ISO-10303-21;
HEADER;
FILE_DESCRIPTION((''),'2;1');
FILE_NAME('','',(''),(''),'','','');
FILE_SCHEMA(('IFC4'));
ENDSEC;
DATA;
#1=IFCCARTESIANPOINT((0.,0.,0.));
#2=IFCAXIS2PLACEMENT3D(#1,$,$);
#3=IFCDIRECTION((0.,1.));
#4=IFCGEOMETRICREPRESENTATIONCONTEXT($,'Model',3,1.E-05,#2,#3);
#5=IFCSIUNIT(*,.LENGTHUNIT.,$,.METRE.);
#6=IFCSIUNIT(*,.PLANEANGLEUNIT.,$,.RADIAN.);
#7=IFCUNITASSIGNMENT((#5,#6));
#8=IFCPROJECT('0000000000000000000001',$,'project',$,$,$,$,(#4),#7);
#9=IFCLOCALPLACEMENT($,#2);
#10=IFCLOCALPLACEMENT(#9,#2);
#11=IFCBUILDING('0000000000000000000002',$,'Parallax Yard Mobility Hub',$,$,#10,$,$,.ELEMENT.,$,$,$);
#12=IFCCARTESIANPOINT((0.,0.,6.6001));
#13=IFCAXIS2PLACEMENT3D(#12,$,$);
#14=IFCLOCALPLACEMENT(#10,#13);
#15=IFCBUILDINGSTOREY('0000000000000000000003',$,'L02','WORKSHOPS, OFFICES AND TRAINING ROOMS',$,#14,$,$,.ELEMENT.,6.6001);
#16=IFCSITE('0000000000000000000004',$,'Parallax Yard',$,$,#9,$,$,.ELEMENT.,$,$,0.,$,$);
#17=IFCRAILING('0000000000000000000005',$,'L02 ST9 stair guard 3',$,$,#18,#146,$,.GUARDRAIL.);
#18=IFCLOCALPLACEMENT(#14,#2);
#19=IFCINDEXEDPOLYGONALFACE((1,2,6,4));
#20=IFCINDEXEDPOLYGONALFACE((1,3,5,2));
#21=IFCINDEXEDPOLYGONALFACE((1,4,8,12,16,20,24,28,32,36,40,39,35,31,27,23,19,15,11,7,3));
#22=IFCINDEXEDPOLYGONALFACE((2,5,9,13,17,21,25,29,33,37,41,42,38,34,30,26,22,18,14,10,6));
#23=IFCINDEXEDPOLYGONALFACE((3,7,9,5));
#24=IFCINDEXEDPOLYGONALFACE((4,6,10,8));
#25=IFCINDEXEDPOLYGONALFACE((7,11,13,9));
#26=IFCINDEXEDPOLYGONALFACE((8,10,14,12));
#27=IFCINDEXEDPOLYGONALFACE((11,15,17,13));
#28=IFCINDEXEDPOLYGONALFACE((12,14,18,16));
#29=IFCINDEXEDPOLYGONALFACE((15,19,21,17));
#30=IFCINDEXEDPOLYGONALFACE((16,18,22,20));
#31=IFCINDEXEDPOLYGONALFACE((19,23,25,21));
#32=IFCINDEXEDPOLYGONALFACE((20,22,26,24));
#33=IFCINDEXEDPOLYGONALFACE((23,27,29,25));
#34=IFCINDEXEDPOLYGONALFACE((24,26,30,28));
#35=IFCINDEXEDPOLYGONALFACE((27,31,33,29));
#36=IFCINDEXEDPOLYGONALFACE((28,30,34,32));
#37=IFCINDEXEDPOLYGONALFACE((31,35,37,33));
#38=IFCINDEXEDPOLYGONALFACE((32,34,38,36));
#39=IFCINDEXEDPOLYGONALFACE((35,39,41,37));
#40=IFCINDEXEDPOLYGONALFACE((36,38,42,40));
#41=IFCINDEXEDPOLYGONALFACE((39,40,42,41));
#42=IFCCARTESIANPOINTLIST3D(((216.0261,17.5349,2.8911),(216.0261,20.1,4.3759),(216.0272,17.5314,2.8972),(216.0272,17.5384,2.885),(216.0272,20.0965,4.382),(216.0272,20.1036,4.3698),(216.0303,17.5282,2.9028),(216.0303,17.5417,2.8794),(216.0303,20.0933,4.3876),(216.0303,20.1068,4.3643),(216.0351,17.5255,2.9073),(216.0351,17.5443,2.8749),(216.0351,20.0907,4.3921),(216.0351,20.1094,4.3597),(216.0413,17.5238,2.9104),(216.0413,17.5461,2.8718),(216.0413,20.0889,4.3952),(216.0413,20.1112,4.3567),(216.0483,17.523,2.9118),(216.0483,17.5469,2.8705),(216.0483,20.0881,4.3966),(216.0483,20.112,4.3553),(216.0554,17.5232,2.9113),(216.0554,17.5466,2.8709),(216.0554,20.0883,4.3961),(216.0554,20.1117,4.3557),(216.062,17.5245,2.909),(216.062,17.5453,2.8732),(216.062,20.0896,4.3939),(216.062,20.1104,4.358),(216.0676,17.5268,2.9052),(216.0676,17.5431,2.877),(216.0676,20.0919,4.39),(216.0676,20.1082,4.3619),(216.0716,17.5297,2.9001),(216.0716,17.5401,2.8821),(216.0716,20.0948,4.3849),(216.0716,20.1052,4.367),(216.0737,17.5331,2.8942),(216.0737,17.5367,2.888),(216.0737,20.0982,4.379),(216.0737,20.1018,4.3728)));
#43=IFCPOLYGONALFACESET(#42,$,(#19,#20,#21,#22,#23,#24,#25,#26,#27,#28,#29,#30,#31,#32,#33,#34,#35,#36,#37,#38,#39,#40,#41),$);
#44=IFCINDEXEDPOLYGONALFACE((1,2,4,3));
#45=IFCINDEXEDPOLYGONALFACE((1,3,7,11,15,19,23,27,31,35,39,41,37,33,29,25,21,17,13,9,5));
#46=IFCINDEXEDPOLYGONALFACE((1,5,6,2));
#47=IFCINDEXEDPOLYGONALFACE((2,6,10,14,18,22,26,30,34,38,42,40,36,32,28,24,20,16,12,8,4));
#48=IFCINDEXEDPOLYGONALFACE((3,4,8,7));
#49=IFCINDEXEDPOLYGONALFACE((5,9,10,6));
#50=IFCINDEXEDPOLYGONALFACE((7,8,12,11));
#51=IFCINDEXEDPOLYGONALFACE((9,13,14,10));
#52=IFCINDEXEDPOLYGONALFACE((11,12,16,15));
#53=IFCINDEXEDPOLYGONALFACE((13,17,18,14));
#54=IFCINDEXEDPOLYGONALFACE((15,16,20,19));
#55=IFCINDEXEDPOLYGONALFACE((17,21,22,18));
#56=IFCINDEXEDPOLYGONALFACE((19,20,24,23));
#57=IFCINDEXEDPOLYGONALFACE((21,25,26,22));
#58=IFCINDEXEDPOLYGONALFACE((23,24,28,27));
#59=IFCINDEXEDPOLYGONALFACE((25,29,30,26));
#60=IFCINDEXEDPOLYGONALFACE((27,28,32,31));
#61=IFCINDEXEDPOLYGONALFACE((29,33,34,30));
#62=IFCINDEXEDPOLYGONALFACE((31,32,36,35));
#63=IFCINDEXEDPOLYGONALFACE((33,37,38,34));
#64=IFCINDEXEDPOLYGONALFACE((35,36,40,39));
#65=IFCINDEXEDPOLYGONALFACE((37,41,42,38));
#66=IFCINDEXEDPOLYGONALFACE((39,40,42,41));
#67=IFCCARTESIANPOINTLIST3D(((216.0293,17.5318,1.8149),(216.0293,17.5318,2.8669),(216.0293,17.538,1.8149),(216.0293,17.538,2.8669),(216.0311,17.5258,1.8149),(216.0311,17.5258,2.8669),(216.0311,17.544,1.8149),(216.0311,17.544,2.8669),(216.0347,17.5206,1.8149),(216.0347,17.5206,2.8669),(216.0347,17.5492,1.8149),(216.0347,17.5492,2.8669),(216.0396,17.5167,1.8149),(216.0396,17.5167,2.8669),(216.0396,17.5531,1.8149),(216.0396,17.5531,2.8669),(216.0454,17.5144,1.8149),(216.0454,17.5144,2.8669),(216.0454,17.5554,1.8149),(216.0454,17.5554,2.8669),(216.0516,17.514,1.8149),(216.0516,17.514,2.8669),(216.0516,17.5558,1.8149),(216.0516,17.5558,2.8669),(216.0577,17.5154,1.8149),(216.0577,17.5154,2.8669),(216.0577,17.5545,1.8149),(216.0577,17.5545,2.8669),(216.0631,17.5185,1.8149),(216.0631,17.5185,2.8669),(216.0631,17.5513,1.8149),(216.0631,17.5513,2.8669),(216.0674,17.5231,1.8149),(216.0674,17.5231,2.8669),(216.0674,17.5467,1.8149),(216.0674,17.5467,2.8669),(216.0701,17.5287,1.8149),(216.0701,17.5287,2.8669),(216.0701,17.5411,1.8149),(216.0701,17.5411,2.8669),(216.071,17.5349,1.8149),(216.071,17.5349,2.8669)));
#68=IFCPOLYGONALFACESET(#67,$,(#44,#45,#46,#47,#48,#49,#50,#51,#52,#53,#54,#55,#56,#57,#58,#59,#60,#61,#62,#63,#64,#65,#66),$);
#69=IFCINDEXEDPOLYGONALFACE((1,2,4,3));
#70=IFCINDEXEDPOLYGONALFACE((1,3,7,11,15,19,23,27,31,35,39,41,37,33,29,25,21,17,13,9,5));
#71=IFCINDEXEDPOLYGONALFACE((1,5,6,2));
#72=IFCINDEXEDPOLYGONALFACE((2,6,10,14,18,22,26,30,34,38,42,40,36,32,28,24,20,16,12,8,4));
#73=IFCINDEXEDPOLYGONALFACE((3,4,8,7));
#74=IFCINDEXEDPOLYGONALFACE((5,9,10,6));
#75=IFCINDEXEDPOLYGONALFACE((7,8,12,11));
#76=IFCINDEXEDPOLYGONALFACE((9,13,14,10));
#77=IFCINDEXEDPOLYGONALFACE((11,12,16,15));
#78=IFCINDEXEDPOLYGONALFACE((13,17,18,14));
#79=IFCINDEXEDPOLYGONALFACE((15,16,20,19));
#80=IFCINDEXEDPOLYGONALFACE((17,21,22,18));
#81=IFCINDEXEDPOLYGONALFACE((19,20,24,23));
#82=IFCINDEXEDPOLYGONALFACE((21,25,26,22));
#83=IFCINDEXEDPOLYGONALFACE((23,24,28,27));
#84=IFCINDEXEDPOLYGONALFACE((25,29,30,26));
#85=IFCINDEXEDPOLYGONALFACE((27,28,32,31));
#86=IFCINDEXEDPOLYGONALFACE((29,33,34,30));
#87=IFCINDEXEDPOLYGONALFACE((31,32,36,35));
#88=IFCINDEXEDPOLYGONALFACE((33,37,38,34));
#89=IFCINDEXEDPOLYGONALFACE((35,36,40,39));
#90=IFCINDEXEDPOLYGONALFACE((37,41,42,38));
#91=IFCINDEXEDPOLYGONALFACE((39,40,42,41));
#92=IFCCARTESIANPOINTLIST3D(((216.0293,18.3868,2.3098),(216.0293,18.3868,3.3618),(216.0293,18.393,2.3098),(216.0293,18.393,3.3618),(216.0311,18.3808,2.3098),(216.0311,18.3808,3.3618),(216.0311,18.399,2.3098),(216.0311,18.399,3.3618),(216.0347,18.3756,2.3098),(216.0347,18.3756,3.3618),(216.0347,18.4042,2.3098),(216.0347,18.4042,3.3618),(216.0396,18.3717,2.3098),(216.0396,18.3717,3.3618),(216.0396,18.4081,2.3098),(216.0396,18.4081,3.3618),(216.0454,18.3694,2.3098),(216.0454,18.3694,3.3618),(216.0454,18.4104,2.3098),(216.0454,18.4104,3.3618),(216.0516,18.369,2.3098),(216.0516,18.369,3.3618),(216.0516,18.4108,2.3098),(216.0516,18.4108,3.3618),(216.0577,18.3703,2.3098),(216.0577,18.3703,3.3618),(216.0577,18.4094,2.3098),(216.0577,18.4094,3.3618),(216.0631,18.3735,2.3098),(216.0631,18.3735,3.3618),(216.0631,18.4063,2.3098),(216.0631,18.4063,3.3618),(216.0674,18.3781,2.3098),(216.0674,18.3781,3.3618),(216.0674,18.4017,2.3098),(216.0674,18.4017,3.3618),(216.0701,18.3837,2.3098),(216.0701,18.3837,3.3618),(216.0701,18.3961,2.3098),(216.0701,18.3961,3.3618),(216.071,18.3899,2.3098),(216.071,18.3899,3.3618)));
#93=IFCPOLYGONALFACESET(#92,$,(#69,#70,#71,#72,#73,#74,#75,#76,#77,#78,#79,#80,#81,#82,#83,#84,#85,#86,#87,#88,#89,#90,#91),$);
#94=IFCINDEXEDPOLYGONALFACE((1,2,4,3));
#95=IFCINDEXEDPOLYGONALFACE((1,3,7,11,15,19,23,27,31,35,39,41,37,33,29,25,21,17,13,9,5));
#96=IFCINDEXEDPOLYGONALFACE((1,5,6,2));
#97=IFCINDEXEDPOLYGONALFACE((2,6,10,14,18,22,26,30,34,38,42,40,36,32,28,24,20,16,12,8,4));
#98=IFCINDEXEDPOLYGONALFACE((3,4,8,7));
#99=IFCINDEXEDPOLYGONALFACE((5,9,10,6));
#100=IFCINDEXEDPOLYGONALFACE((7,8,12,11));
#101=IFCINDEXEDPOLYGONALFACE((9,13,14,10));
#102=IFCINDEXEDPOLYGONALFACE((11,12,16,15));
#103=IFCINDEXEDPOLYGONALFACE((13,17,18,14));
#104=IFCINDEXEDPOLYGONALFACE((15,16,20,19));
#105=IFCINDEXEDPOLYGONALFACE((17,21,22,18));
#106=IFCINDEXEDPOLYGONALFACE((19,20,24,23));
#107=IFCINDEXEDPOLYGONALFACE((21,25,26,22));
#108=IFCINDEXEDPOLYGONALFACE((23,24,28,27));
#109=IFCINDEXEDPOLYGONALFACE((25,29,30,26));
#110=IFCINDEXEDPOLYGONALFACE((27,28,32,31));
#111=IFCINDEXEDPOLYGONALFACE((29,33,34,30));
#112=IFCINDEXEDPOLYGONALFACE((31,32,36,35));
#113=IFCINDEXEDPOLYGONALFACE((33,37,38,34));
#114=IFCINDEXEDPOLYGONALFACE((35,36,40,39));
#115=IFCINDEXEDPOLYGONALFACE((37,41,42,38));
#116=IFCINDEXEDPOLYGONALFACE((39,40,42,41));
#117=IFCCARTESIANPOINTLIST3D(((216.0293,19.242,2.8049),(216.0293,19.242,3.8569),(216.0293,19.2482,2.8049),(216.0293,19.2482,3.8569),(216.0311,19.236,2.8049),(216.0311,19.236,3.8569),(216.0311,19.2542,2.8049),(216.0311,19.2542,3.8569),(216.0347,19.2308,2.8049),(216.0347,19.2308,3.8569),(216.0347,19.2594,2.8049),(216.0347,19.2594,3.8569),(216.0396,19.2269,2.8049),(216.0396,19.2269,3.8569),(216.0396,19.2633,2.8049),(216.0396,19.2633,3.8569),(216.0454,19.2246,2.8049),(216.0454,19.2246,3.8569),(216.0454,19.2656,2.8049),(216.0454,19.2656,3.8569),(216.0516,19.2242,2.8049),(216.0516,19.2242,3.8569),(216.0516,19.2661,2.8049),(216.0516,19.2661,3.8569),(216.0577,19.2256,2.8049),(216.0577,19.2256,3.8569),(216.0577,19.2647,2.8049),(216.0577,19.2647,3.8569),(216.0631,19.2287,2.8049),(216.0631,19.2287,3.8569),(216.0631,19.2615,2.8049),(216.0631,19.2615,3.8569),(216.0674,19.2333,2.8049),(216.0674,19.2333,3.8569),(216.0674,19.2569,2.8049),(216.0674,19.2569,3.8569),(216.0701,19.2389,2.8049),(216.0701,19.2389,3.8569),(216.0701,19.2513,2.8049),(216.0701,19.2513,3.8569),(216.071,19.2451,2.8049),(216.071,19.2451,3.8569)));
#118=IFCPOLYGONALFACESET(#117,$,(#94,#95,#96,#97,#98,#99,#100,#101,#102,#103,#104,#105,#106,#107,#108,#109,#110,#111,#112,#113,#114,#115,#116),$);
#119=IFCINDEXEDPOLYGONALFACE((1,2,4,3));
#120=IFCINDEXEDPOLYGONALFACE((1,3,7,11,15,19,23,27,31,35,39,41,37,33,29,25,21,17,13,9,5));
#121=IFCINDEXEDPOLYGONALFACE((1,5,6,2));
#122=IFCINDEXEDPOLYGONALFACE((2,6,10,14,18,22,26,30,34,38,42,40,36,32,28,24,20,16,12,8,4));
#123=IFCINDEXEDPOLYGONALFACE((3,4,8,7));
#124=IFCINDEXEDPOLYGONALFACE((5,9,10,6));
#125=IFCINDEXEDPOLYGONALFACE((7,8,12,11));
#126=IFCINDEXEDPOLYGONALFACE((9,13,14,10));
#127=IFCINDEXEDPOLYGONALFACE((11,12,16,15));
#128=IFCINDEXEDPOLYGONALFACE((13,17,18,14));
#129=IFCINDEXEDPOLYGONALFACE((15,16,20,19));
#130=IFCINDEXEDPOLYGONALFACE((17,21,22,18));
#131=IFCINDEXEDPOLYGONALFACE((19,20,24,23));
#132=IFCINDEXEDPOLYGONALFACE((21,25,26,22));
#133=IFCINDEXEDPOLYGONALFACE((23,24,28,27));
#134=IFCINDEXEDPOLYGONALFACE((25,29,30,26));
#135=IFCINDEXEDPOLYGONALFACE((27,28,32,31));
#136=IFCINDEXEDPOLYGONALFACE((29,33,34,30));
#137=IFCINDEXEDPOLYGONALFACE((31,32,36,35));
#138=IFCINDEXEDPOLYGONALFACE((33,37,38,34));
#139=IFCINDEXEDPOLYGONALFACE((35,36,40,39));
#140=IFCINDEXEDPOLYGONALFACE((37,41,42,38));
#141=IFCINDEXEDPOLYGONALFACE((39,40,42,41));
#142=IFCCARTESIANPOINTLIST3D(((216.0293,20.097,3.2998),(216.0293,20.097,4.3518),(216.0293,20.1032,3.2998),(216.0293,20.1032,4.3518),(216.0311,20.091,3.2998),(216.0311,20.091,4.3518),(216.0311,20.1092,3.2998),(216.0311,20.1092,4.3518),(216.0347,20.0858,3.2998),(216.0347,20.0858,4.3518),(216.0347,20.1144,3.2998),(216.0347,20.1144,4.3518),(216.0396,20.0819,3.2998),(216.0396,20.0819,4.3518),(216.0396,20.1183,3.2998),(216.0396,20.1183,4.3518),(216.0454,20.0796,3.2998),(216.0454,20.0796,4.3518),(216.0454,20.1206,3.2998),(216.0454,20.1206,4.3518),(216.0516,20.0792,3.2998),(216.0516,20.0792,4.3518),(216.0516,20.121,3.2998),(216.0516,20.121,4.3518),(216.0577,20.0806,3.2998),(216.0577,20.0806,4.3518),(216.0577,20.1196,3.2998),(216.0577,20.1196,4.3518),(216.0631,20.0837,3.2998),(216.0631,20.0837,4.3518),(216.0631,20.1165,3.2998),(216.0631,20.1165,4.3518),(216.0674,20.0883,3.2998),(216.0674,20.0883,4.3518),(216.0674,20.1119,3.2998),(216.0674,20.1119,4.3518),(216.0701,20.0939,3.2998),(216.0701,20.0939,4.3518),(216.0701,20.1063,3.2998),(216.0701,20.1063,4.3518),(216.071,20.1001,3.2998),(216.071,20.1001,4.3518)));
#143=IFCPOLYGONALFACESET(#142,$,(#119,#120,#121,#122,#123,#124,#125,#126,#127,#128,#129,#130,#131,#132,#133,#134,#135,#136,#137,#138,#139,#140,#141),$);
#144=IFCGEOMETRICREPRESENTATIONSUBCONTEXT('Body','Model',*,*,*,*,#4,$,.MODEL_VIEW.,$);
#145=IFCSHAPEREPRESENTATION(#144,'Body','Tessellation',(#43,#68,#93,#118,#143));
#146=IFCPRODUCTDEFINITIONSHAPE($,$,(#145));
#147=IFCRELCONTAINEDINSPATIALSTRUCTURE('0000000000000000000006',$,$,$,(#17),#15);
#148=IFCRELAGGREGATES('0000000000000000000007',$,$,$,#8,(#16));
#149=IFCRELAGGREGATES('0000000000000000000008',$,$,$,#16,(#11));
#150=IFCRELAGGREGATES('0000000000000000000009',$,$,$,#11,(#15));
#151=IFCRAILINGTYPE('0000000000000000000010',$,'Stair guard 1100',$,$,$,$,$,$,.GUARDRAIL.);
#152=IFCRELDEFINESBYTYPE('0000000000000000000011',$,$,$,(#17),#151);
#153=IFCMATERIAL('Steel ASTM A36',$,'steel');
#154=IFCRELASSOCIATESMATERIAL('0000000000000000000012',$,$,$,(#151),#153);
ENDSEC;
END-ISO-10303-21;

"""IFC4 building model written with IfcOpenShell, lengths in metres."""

from ifc_helpers import new_model, si_unit, direction, frame, origin, origin_2d, place, context, subcontext, project, spatial, circle, extrude, material, type_object, element, save


model = new_model("IFC4")

# Units and contexts
model_context = context("Model", 3, precision=1e-05, world=origin(), true_north=direction((0.0, 1.0)))
body_context = subcontext(model_context, "Body", "Model", "MODEL_VIEW")
ifc_project = project(units=[si_unit("LENGTHUNIT", "METRE"), si_unit("PLANEANGLEUNIT", "RADIAN")], contexts=[model_context])

# Site, building, storey
site_placement = place(None, origin())
site = spatial("IfcSite", under=ifc_project, at=site_placement, Name="Parallax Yard", CompositionType="ELEMENT", RefElevation=0.0)
building_placement = place(site_placement, origin())
building = spatial("IfcBuilding", under=site, at=building_placement, Name="Parallax Yard Mobility Hub", CompositionType="ELEMENT")
storey_placement = place(building_placement, frame((0.0, 0.0, 6.6001)))
storey = spatial("IfcBuildingStorey", under=building, at=storey_placement, Name="L02", Description="WORKSHOPS, OFFICES AND TRAINING ROOMS", CompositionType="ELEMENT", Elevation=6.6001)

# Railing
ifc_material_1 = material(Name="Steel ASTM A36", Category="steel")
railing_type_1 = type_object("IfcRailingType", Name="Stair guard 1100", PredefinedType="GUARDRAIL", material=ifc_material_1)
railing_1_placement = place(storey_placement, frame((216.05, 17.5349, 1.8149)))
element("IfcRailing", 1, at=railing_1_placement, inside=storey, type_object=railing_type_1, Name="L02 ST9 stair guard 3", PredefinedType="GUARDRAIL", context=body_context, shape_type="SweptSolid", body=[
    extrude(circle(Radius=0.0239, at=origin_2d()), frame((0.0, 0.0, 1.0762), z_axis=(0.0, 0.865462, 0.500975), x_axis=(-1.0, 0.0, 0.0)), (0.0, 0.0, 1.0), 2.9639),
    extrude(circle(Radius=0.021, at=origin_2d()), origin(), (0.0, 0.0, 1.0), 1.052),
    extrude(circle(Radius=0.021, at=origin_2d()), frame((0.0, 0.855, 0.4949)), (0.0, 0.0, 1.0), 1.052),
    extrude(circle(Radius=0.021, at=origin_2d()), frame((0.0, 1.7102, 0.99)), (0.0, 0.0, 1.0), 1.052),
    extrude(circle(Radius=0.021, at=origin_2d()), frame((0.0, 2.5652, 1.4849)), (0.0, 0.0, 1.0), 1.052),
])

save(model, "model.ifc")
